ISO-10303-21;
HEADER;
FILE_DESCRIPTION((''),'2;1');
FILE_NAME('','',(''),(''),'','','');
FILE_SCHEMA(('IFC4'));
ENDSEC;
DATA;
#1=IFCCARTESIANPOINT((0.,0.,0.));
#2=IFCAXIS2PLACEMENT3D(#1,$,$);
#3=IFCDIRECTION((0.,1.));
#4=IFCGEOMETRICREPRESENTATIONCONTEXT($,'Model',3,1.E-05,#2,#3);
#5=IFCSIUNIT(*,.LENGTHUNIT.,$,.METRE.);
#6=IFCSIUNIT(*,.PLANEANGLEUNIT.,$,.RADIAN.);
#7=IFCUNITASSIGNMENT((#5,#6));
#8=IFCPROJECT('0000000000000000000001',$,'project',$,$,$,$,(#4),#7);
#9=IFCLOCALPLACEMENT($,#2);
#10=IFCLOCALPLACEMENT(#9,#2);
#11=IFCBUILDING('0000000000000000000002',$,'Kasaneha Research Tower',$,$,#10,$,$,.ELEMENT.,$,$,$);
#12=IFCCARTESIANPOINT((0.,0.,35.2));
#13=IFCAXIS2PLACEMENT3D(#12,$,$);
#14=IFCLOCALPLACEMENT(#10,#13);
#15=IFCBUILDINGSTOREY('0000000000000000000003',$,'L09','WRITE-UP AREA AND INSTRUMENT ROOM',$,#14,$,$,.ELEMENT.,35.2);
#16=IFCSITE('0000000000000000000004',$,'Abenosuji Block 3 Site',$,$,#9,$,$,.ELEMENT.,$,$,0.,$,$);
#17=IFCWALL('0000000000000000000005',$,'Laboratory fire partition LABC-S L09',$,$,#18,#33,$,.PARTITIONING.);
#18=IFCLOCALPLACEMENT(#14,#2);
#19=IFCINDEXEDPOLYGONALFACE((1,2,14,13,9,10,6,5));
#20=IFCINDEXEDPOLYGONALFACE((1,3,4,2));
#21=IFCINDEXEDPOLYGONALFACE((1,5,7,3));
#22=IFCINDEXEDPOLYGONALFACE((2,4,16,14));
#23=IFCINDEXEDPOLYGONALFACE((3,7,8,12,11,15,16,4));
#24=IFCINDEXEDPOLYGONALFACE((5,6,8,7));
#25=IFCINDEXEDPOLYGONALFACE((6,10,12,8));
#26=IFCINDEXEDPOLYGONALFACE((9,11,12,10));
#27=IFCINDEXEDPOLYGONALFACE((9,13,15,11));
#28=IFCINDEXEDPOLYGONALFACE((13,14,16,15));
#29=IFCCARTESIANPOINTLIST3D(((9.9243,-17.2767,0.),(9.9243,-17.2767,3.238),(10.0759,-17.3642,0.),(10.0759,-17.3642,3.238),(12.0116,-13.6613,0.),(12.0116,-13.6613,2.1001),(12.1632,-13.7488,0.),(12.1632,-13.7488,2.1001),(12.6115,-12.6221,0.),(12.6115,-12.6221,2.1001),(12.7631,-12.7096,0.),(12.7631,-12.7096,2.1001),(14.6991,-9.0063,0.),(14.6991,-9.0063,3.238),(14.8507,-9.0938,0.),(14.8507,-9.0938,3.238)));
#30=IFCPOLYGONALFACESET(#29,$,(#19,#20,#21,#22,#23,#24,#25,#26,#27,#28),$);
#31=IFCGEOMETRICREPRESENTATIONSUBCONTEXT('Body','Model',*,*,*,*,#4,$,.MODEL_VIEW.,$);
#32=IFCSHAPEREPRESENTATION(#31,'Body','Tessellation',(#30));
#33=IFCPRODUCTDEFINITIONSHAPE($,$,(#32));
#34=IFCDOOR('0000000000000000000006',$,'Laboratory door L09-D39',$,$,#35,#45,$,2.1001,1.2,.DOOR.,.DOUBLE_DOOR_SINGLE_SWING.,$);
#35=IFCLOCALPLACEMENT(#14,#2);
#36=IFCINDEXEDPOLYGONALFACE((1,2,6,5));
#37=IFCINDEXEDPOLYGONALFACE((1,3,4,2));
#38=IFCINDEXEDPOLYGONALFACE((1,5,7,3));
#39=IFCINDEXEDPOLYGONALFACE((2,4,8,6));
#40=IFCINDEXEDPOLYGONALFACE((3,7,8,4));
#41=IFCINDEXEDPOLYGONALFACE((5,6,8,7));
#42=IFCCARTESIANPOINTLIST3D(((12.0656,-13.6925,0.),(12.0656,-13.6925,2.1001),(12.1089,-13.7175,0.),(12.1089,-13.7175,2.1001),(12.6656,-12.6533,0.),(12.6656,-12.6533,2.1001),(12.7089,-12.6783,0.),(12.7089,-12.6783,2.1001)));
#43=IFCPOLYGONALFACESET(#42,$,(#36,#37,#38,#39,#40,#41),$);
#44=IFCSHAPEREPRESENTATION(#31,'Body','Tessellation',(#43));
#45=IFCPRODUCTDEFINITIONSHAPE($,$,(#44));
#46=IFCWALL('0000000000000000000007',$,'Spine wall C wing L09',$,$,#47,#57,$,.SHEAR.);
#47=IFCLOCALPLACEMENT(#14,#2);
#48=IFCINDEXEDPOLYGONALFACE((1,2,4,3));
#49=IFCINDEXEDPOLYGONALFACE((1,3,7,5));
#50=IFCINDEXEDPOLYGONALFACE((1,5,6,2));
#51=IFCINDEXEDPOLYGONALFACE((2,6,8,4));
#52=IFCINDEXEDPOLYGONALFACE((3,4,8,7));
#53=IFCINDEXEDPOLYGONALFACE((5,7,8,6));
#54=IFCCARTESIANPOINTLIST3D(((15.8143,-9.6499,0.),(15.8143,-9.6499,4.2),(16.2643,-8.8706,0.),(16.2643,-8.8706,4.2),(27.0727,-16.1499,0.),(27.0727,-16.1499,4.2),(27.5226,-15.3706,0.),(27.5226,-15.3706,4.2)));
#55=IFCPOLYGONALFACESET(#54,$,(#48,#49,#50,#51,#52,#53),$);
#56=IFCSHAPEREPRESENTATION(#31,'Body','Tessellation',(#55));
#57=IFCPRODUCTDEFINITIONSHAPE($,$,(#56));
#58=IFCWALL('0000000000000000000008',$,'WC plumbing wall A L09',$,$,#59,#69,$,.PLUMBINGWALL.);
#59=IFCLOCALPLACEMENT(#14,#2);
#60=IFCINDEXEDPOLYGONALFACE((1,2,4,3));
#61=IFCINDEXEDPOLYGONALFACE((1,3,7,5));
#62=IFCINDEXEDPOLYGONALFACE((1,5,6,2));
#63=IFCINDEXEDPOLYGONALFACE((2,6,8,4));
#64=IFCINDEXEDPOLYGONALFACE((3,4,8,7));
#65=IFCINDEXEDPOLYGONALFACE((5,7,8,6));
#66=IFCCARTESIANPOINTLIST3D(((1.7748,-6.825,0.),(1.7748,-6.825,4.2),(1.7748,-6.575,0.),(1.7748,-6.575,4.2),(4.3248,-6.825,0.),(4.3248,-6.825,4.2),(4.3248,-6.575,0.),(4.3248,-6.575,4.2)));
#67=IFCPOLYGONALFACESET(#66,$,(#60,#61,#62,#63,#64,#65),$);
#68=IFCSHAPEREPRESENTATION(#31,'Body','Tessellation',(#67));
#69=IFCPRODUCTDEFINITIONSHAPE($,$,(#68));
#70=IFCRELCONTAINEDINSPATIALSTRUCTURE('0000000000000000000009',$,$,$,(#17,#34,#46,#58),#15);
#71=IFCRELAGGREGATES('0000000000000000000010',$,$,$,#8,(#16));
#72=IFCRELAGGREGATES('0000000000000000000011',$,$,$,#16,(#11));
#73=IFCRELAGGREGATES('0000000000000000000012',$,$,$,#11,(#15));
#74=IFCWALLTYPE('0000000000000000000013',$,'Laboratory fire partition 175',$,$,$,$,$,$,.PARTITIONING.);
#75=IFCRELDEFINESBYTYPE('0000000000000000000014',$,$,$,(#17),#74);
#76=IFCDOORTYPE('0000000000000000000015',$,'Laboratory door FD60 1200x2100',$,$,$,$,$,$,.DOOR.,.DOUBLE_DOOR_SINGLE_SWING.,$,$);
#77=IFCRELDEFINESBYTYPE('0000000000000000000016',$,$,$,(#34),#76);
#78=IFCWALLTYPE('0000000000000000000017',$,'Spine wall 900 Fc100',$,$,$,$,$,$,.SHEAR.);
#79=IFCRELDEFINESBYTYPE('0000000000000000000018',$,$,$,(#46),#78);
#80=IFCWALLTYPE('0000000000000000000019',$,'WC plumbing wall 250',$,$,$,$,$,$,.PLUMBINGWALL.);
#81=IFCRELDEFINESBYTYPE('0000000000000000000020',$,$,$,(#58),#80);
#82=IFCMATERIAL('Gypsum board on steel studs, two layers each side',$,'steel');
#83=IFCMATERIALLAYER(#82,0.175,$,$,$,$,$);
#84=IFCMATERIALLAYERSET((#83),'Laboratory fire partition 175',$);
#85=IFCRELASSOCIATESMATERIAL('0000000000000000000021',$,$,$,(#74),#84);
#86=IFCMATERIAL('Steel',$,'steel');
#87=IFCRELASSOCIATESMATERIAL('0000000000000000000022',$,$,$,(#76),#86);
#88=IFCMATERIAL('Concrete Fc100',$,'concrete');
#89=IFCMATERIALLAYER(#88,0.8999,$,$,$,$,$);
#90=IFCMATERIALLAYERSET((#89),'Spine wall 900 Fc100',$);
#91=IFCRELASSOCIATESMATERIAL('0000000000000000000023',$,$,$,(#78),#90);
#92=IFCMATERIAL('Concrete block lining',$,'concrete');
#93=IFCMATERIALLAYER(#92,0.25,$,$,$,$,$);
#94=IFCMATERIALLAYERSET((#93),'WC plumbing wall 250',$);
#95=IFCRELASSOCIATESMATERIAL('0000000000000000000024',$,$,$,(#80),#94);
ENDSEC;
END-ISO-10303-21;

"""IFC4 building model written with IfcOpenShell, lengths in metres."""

from ifc_helpers import new_model, si_unit, direction, frame, frame_2d, origin, place, context, subcontext, project, spatial, rectangle, extrude, material, layer, layer_set, type_object, element, fill, save


model = new_model("IFC4")

# Units and contexts
model_context = context("Model", 3, precision=1e-05, world=origin(), true_north=direction((0.0, 1.0)))
body_context = subcontext(model_context, "Body", "Model", "MODEL_VIEW")
ifc_project = project(units=[si_unit("LENGTHUNIT", "METRE"), si_unit("PLANEANGLEUNIT", "RADIAN")], contexts=[model_context])

# Site, building, storey
site_placement = place(None, origin())
site = spatial("IfcSite", under=ifc_project, at=site_placement, Name="Abenosuji Block 3 Site", CompositionType="ELEMENT", RefElevation=0.0)
building_placement = place(site_placement, origin())
building = spatial("IfcBuilding", under=site, at=building_placement, Name="Kasaneha Research Tower", CompositionType="ELEMENT")
storey_placement = place(building_placement, frame((0.0, 0.0, 35.2)))
storey = spatial("IfcBuildingStorey", under=building, at=storey_placement, Name="L09", Description="WRITE-UP AREA AND INSTRUMENT ROOM", CompositionType="ELEMENT", Elevation=35.2)

# Wall, opening, door
ifc_material_1 = material(Name="Gypsum board on steel studs, two layers each side", Category="steel")
ifc_layer_1 = layer(ifc_material_1, 0.175)
ifc_layer_set_1 = layer_set([ifc_layer_1], Name="Laboratory fire partition 175")
wall_type_1 = type_object("IfcWallType", Name="Laboratory fire partition 175", PredefinedType="PARTITIONING", material=ifc_layer_set_1)
ifc_material_2 = material(Name="Steel", Category="steel")
door_type_1 = type_object("IfcDoorType", Name="Laboratory door FD60 1200x2100", OperationType="DOUBLE_DOOR_SINGLE_SWING", PredefinedType="DOOR", material=ifc_material_2)
wall_1_placement = place(storey_placement, frame((14.7749, -9.05, 0.0), z_axis=(0.0, 0.0, 1.0), x_axis=(-0.499994, -0.866029, 0.0)))
wall_1 = element("IfcWall", 1, at=wall_1_placement, inside=storey, type_object=wall_type_1, Name="Laboratory fire partition LABC-S L09", PredefinedType="PARTITIONING", context=body_context, shape_type="SweptSolid", body=[
    extrude(rectangle(XDim=9.5498, YDim=0.175, at=frame_2d((4.7749, 0.0))), origin(), (0.0, 0.0, 1.0), 3.238),
])
opening_1_placement = place(wall_1_placement, frame((4.175, 0.0, 0.0)))
opening_1 = element("IfcOpeningElement", 2, at=opening_1_placement, cuts=wall_1, PredefinedType="OPENING", context=body_context, shape_type="SweptSolid", body=[
    extrude(rectangle(XDim=1.2, YDim=2.1001, at=frame_2d((0.6001, 1.05))), frame((0.0, 0.0977, 0.0), z_axis=(0.0, -1.0, 0.0), x_axis=(1.0, 0.0, 0.0)), (0.0, 0.0, 1.0), 0.1951),
])
door_1_placement = place(opening_1_placement, origin())
door_1 = element("IfcDoor", 3, at=door_1_placement, inside=storey, type_object=door_type_1, Name="Laboratory door L09-D39", OperationType="DOUBLE_DOOR_SINGLE_SWING", OverallHeight=2.1001, OverallWidth=1.2, PredefinedType="DOOR", context=body_context, shape_type="SweptSolid", body=[
    extrude(rectangle(XDim=1.2, YDim=2.1001, at=frame_2d((0.6001, 1.05))), frame((0.0, 0.0249, 0.0), z_axis=(0.0, -1.0, 0.0), x_axis=(1.0, 0.0, 0.0)), (0.0, 0.0, 1.0), 0.05),
])
fill(opening_1, door_1)

# Walls
ifc_material_3 = material(Name="Concrete Fc100", Category="concrete")
ifc_layer_2 = layer(ifc_material_3, 0.8999)
ifc_layer_set_2 = layer_set([ifc_layer_2], Name="Spine wall 900 Fc100")
wall_type_2 = type_object("IfcWallType", Name="Spine wall 900 Fc100", PredefinedType="SHEAR", material=ifc_layer_set_2)
wall_2_placement = place(storey_placement, frame((16.0393, -9.2603, 0.0), z_axis=(0.0, 0.0, 1.0), x_axis=(0.866025, -0.500001, 0.0)))
element("IfcWall", 4, at=wall_2_placement, inside=storey, type_object=wall_type_2, Name="Spine wall C wing L09", PredefinedType="SHEAR", context=body_context, shape_type="SweptSolid", body=[
    extrude(rectangle(XDim=13.0, YDim=0.8999, at=frame_2d((6.5, 0.0))), origin(), (0.0, 0.0, 1.0), 4.2),
])
ifc_material_4 = material(Name="Concrete block lining", Category="concrete")
ifc_layer_3 = layer(ifc_material_4, 0.25)
ifc_layer_set_3 = layer_set([ifc_layer_3], Name="WC plumbing wall 250")
wall_type_3 = type_object("IfcWallType", Name="WC plumbing wall 250", PredefinedType="PLUMBINGWALL", material=ifc_layer_set_3)
wall_3_placement = place(storey_placement, frame((1.7749, -6.7, 0.0), z_axis=(0.0, 0.0, 1.0), x_axis=(1.0, 0.0, 0.0)))
element("IfcWall", 5, at=wall_3_placement, inside=storey, type_object=wall_type_3, Name="WC plumbing wall A L09", PredefinedType="PLUMBINGWALL", context=body_context, shape_type="SweptSolid", body=[
    extrude(rectangle(XDim=2.55, YDim=0.25, at=frame_2d((1.2749, 0.0))), origin(), (0.0, 0.0, 1.0), 4.2),
])

save(model, "model.ifc")
